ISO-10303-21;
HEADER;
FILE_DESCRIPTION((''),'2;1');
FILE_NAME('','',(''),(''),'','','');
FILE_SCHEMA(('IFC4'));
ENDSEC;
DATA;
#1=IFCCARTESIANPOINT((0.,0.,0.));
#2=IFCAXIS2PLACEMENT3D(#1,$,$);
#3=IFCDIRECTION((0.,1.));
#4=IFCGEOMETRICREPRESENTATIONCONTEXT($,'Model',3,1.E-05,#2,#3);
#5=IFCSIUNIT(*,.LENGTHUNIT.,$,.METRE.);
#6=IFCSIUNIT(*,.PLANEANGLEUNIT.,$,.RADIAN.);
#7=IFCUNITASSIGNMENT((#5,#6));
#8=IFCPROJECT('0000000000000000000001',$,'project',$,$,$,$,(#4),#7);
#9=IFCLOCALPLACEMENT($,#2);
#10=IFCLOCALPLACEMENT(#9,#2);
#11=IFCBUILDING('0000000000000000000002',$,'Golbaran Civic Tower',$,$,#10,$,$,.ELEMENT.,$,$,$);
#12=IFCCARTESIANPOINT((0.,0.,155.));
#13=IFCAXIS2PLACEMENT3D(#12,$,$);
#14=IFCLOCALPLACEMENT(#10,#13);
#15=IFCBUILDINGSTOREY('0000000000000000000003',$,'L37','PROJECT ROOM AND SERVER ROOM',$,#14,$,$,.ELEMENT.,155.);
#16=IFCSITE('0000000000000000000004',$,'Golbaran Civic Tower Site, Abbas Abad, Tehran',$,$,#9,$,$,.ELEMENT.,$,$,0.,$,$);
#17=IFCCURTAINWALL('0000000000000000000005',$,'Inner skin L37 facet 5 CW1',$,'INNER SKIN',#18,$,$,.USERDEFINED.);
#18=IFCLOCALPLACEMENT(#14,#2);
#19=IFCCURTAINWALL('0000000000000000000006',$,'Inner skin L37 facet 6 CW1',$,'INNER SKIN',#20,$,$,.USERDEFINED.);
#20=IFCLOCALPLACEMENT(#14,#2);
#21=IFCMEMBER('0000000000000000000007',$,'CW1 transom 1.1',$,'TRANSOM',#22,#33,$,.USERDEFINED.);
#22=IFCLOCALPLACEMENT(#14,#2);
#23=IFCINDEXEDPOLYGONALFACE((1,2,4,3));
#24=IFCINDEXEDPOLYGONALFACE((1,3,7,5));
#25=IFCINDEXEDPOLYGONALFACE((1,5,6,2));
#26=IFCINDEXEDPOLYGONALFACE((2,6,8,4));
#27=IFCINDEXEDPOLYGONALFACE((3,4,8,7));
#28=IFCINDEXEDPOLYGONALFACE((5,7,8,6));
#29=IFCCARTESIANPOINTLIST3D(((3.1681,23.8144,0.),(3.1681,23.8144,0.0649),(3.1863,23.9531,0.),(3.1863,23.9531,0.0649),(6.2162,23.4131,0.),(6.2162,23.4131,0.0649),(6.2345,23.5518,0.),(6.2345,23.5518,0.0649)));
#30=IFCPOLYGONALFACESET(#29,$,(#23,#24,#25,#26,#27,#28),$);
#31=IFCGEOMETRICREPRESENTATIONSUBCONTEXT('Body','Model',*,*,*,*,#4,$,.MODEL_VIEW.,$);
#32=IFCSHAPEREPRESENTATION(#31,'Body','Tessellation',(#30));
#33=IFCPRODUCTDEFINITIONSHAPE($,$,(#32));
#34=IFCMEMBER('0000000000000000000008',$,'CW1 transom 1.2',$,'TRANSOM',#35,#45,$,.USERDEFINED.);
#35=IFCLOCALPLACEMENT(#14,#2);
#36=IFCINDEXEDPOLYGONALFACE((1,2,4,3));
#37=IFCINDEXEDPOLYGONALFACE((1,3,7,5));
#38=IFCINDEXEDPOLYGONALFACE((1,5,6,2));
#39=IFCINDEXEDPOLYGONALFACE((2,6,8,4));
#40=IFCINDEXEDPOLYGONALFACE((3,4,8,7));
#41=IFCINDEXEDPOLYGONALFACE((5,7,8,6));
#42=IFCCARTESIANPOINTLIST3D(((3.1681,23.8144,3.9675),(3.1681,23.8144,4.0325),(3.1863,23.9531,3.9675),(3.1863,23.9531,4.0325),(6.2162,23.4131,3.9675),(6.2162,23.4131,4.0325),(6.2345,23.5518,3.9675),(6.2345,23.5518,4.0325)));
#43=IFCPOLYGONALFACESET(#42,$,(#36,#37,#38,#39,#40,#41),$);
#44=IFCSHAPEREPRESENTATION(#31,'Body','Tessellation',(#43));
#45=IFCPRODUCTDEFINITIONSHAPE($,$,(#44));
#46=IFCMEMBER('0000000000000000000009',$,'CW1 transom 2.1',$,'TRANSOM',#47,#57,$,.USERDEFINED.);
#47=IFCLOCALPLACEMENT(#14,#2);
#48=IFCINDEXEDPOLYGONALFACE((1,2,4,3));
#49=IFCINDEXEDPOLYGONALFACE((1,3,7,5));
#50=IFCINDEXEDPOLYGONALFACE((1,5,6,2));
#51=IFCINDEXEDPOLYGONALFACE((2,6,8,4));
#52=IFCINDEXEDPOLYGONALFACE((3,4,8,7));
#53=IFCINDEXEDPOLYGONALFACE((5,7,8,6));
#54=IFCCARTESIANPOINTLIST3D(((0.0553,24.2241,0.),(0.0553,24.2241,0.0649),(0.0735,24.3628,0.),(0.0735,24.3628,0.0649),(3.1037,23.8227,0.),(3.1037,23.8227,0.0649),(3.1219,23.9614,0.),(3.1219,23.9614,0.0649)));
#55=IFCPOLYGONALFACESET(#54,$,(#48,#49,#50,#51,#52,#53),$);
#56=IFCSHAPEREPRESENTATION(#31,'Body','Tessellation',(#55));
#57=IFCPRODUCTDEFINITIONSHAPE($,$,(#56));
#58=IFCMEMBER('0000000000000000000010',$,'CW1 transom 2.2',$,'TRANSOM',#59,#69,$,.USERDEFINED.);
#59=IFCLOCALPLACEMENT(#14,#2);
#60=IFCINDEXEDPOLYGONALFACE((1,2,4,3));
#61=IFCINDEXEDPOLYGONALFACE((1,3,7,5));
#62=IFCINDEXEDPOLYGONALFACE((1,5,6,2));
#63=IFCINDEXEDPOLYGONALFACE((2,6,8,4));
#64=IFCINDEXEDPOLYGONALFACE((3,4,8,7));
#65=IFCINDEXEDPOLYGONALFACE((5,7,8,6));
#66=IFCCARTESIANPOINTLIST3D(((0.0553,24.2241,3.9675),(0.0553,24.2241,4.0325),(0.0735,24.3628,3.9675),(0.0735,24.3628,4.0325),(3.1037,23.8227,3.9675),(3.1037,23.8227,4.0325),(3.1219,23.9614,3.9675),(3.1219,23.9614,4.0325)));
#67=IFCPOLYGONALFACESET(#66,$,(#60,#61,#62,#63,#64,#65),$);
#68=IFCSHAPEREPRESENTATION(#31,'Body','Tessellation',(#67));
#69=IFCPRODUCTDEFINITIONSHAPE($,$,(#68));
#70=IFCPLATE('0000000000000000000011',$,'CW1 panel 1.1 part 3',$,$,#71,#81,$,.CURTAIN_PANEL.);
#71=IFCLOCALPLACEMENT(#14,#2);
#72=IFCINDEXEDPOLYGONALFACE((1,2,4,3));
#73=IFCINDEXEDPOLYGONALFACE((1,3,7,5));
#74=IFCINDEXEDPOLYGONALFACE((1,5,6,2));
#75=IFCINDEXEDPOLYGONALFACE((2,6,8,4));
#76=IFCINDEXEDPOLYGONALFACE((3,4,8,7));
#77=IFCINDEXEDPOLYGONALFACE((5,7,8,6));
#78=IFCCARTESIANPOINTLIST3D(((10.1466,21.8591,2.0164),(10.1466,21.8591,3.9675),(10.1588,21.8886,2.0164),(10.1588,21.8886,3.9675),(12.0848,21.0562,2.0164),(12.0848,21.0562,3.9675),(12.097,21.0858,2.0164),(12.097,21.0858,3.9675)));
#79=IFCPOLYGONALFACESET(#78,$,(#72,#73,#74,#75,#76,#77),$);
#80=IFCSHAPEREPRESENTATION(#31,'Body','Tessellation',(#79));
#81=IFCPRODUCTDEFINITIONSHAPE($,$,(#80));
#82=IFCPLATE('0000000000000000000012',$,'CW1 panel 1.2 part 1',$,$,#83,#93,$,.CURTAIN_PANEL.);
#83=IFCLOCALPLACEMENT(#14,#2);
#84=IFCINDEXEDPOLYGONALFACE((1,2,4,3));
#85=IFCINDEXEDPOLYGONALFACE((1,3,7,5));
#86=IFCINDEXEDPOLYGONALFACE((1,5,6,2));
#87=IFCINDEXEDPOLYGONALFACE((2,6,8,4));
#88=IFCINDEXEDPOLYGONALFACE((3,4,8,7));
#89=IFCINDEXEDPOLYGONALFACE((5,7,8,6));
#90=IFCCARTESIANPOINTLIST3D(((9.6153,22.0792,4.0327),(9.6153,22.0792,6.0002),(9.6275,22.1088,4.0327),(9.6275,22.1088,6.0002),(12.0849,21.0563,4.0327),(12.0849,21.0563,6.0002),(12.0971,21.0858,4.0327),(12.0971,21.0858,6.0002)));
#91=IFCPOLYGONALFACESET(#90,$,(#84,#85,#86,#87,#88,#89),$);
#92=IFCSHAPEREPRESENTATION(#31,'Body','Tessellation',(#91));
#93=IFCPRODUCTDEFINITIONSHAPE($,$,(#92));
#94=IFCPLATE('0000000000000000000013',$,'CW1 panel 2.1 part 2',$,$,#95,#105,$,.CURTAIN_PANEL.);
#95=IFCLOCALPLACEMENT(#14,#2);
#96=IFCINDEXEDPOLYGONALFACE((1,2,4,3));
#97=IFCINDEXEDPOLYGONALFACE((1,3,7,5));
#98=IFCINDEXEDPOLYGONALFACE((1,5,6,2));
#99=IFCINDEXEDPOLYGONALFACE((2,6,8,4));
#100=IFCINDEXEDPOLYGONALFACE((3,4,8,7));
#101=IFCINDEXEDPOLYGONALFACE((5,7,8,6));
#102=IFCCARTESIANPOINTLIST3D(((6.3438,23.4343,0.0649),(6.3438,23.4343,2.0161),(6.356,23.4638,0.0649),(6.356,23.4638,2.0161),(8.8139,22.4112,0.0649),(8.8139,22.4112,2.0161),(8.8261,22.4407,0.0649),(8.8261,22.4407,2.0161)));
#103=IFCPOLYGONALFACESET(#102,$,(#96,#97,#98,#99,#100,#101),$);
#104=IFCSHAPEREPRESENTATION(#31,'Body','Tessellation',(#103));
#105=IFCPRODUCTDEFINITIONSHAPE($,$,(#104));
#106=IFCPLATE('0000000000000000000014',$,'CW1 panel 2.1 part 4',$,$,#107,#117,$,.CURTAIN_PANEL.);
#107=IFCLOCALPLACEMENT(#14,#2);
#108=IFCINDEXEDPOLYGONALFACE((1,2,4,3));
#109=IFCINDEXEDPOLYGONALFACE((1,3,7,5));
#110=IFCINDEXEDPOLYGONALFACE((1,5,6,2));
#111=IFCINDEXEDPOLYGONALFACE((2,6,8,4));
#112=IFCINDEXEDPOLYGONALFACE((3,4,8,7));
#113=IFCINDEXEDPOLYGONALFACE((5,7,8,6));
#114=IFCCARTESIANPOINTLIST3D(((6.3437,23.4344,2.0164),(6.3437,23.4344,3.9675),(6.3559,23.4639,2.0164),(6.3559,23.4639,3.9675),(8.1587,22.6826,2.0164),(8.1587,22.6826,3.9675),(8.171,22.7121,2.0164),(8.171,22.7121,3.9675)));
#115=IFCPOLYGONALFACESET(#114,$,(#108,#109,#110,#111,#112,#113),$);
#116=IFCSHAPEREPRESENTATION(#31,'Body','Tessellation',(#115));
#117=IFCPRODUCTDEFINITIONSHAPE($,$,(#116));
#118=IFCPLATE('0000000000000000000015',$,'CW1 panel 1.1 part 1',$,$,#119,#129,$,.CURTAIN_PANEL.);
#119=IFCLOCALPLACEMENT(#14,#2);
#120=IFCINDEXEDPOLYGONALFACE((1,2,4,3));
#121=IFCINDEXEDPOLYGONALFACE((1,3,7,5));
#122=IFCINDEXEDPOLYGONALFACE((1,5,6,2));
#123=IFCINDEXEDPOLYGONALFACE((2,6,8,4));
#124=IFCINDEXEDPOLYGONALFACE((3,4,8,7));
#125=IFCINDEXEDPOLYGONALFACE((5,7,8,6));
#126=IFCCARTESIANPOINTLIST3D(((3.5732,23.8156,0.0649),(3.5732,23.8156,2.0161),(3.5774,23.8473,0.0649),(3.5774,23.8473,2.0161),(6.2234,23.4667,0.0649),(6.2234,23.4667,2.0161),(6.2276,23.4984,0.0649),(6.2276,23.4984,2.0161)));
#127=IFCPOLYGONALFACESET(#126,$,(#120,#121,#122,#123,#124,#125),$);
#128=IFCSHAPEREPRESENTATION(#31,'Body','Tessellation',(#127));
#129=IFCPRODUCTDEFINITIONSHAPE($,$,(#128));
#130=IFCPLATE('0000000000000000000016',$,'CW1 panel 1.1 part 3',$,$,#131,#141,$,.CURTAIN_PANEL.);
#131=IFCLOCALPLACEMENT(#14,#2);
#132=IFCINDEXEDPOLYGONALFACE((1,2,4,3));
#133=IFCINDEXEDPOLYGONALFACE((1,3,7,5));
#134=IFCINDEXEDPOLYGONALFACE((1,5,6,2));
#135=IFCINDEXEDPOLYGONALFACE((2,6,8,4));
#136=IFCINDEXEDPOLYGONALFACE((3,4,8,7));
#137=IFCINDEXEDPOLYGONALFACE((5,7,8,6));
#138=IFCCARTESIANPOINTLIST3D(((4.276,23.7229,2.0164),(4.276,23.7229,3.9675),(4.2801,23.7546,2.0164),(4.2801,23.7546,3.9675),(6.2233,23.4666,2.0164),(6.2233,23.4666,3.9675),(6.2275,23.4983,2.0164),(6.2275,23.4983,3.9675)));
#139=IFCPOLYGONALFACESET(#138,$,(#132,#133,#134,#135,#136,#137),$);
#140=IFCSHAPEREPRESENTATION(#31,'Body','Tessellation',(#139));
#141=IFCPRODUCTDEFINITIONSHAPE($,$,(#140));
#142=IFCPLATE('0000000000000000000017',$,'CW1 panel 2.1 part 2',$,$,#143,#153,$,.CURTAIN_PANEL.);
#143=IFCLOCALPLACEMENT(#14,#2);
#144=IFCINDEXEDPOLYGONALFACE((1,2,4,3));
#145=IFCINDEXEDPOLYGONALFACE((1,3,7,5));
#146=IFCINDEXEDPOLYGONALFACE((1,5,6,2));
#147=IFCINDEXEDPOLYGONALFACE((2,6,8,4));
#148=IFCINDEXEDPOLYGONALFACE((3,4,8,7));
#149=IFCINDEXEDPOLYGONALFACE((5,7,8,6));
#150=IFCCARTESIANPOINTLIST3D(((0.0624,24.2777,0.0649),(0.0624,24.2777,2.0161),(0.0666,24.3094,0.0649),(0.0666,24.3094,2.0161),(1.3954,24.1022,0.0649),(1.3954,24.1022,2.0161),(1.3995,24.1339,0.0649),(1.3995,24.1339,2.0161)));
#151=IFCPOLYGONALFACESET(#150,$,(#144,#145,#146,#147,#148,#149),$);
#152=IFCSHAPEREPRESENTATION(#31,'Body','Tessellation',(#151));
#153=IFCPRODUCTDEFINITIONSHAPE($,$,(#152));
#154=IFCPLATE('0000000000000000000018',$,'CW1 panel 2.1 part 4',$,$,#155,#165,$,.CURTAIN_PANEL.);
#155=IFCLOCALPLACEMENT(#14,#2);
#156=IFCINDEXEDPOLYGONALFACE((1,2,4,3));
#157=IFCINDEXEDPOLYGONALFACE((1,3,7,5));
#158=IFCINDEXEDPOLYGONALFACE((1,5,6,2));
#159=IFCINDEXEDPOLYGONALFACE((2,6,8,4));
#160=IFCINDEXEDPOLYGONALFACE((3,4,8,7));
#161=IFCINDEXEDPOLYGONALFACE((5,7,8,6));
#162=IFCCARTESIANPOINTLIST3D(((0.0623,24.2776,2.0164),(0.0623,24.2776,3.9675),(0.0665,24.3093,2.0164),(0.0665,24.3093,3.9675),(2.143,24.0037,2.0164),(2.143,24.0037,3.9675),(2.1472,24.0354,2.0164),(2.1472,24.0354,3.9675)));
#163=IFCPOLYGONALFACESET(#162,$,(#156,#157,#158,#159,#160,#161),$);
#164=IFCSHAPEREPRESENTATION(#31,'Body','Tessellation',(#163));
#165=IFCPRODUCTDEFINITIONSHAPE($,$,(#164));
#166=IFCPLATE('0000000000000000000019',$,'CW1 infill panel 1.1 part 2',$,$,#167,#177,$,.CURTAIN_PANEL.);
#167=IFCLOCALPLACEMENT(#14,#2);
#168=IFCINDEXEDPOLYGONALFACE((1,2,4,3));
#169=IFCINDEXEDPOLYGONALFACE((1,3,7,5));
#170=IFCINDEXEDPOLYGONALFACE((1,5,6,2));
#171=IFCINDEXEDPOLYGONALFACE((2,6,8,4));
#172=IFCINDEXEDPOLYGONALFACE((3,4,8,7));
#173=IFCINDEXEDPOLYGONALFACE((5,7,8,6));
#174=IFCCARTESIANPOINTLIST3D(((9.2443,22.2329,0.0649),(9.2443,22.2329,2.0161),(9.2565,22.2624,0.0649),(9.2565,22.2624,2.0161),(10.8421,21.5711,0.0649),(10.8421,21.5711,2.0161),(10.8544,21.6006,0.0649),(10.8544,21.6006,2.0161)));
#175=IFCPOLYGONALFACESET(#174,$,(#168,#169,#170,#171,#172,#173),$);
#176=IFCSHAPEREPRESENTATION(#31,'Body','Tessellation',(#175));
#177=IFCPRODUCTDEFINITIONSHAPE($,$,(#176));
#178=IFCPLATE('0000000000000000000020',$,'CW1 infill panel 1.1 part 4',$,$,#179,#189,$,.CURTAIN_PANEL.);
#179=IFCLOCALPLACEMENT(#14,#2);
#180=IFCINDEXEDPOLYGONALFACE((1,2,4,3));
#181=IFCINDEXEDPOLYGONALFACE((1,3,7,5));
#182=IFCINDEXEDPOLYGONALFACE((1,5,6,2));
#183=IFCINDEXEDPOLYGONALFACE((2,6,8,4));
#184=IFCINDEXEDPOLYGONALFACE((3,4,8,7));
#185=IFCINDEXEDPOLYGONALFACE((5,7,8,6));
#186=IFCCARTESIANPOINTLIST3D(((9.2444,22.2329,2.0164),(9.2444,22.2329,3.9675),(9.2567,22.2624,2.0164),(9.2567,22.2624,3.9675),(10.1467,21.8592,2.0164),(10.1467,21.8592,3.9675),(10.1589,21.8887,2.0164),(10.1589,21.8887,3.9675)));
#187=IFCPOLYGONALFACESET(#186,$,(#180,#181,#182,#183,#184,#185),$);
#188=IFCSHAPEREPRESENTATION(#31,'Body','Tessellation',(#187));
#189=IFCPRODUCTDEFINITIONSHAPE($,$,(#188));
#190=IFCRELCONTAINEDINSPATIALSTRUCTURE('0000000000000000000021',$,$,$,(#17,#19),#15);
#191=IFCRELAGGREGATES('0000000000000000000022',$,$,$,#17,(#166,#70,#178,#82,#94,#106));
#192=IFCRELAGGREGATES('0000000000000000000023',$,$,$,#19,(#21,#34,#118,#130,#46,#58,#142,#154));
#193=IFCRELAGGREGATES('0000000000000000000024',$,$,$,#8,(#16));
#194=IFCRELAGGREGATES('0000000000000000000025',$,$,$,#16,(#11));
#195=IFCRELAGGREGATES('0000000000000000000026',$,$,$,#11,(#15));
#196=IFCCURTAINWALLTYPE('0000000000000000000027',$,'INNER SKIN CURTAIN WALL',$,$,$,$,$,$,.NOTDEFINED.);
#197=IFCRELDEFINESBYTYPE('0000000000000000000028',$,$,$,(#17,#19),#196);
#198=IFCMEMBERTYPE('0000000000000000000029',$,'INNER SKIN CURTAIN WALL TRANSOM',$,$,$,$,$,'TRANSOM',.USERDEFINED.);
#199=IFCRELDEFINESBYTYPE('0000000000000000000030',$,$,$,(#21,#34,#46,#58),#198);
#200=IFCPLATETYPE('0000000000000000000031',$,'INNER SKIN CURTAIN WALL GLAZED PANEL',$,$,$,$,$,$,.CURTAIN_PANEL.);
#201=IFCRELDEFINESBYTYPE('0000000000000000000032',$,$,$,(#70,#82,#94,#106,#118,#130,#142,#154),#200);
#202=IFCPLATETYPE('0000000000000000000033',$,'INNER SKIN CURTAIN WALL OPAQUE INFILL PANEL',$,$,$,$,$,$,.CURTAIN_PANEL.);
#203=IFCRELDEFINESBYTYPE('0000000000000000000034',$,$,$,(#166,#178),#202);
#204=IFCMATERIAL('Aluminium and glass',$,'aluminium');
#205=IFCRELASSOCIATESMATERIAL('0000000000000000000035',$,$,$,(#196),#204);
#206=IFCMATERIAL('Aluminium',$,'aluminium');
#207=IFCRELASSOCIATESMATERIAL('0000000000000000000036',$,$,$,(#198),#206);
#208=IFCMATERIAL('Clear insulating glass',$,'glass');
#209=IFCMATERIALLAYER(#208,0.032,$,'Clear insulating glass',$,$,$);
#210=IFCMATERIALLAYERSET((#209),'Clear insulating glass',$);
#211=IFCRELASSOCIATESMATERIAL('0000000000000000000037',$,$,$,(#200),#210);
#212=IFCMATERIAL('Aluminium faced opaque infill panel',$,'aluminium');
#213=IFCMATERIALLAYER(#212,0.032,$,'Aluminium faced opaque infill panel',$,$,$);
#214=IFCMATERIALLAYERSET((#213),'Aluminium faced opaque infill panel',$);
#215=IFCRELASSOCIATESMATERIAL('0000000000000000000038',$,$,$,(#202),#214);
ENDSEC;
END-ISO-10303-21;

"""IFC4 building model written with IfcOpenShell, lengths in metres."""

from ifc_helpers import new_model, si_unit, direction, frame, origin, origin_2d, place, context, subcontext, project, spatial, rectangle, extrude, material, layer, layer_set, material_profile, profile_set, type_object, element, aggregate, save


model = new_model("IFC4")

# Units and contexts
model_context = context("Model", 3, precision=1e-05, world=origin(), true_north=direction((0.0, 1.0)))
body_context = subcontext(model_context, "Body", "Model", "MODEL_VIEW")
ifc_project = project(units=[si_unit("LENGTHUNIT", "METRE"), si_unit("PLANEANGLEUNIT", "RADIAN")], contexts=[model_context])

# Site, building, storey
site_placement = place(None, origin())
site = spatial("IfcSite", under=ifc_project, at=site_placement, Name="Golbaran Civic Tower Site, Abbas Abad, Tehran", CompositionType="ELEMENT", RefElevation=0.0)
building_placement = place(site_placement, origin())
building = spatial("IfcBuilding", under=site, at=building_placement, Name="Golbaran Civic Tower", CompositionType="ELEMENT")
storey_placement = place(building_placement, frame((0.0, 0.0, 155.0)))
storey = spatial("IfcBuildingStorey", under=building, at=storey_placement, Name="L37", Description="PROJECT ROOM AND SERVER ROOM", CompositionType="ELEMENT", Elevation=155.0)

# Curtain walls
ifc_material_1 = material(Name="Aluminium and glass", Category="aluminium")
curtain_wall_type = type_object("IfcCurtainWallType", Name="INNER SKIN CURTAIN WALL", PredefinedType="NOTDEFINED", material=ifc_material_1)
curtain_wall_1_placement = place(storey_placement, origin())
curtain_wall_1 = element("IfcCurtainWall", 1, at=curtain_wall_1_placement, inside=storey, type_object=curtain_wall_type, Name="Inner skin L37 facet 5 CW1", ObjectType="INNER SKIN", PredefinedType="USERDEFINED")
ifc_material_2 = material(Name="Aluminium", Category="aluminium")
curtain_wall_2_placement = place(storey_placement, origin())
curtain_wall_2 = element("IfcCurtainWall", 2, at=curtain_wall_2_placement, inside=storey, type_object=curtain_wall_type, Name="Inner skin L37 facet 6 CW1", ObjectType="INNER SKIN", PredefinedType="USERDEFINED")

# Members
ifc_material_profile_1 = material_profile(ifc_material_2, rectangle(XDim=0.1399, YDim=0.0649, at=origin_2d()), Name="INNER SKIN CURTAIN WALL TRANSOM")
ifc_profile_set_1 = profile_set([ifc_material_profile_1], Name="Aluminium")
member_type_1 = type_object("IfcMemberType", Name="INNER SKIN CURTAIN WALL TRANSOM", ElementType="TRANSOM", PredefinedType="USERDEFINED", material=ifc_profile_set_1)
member_1_placement = place(storey_placement, frame((6.2253, 23.4824, 0.0325), z_axis=(-0.991442, 0.130551, 0.0), x_axis=(-0.130551, -0.991442, 0.0)))
member_1 = element("IfcMember", 3, at=member_1_placement, type_object=member_type_1, Name="CW1 transom 1.1", ObjectType="TRANSOM", PredefinedType="USERDEFINED", context=body_context, shape_type="SweptSolid", body=[
    extrude(rectangle(XDim=0.1399, YDim=0.0649, at=origin_2d()), origin(), (0.0, 0.0, 1.0), 3.0745),
])
member_2_placement = place(storey_placement, frame((6.2253, 23.4824, 4.0), z_axis=(-0.991442, 0.130551, 0.0), x_axis=(-0.130551, -0.991442, 0.0)))
member_2 = element("IfcMember", 4, at=member_2_placement, type_object=member_type_1, Name="CW1 transom 1.2", ObjectType="TRANSOM", PredefinedType="USERDEFINED", context=body_context, shape_type="SweptSolid", body=[
    extrude(rectangle(XDim=0.1399, YDim=0.0649, at=origin_2d()), origin(), (0.0, 0.0, 1.0), 3.0745),
])
member_3_placement = place(storey_placement, frame((3.1128, 23.8921, 0.0325), z_axis=(-0.991443, 0.130541, 0.0), x_axis=(-0.130541, -0.991443, 0.0)))
member_3 = element("IfcMember", 5, at=member_3_placement, type_object=member_type_1, Name="CW1 transom 2.1", ObjectType="TRANSOM", PredefinedType="USERDEFINED", context=body_context, shape_type="SweptSolid", body=[
    extrude(rectangle(XDim=0.1399, YDim=0.0649, at=origin_2d()), origin(), (0.0, 0.0, 1.0), 3.0747),
])
member_4_placement = place(storey_placement, frame((3.1128, 23.8921, 4.0), z_axis=(-0.991443, 0.130541, 0.0), x_axis=(-0.130541, -0.991443, 0.0)))
member_4 = element("IfcMember", 6, at=member_4_placement, type_object=member_type_1, Name="CW1 transom 2.2", ObjectType="TRANSOM", PredefinedType="USERDEFINED", context=body_context, shape_type="SweptSolid", body=[
    extrude(rectangle(XDim=0.1399, YDim=0.0649, at=origin_2d()), origin(), (0.0, 0.0, 1.0), 3.0747),
])

# Plates
ifc_material_3 = material(Name="Clear insulating glass", Category="glass")
ifc_layer_1 = layer(ifc_material_3, 0.032, Name="Clear insulating glass")
ifc_layer_set_1 = layer_set([ifc_layer_1], Name="Clear insulating glass")
plate_type_1 = type_object("IfcPlateType", Name="INNER SKIN CURTAIN WALL GLAZED PANEL", PredefinedType="CURTAIN_PANEL", material=ifc_layer_set_1)
plate_1_placement = place(storey_placement, frame((11.1218, 21.4724, 2.0164), z_axis=(0.0, 0.0, 1.0), x_axis=(-0.92388, 0.382683, 0.0)))
plate_1 = element("IfcPlate", 7, at=plate_1_placement, type_object=plate_type_1, Name="CW1 panel 1.1 part 3", PredefinedType="CURTAIN_PANEL", context=body_context, shape_type="SweptSolid", body=[
    extrude(rectangle(XDim=2.0979, YDim=0.032, at=origin_2d()), origin(), (0.0, 0.0, 1.0), 1.9512),
])
plate_2_placement = place(storey_placement, frame((10.8562, 21.5825, 4.0327), z_axis=(0.0, 0.0, 1.0), x_axis=(-0.92388, 0.382683, 0.0)))
plate_2 = element("IfcPlate", 8, at=plate_2_placement, type_object=plate_type_1, Name="CW1 panel 1.2 part 1", PredefinedType="CURTAIN_PANEL", context=body_context, shape_type="SweptSolid", body=[
    extrude(rectangle(XDim=2.6731, YDim=0.032, at=origin_2d()), origin(), (0.0, 0.0, 1.0), 1.9675),
])
plate_3_placement = place(storey_placement, frame((7.585, 22.9375, 0.0649), z_axis=(0.0, 0.0, 1.0), x_axis=(-0.92388, 0.382683, 0.0)))
plate_3 = element("IfcPlate", 9, at=plate_3_placement, type_object=plate_type_1, Name="CW1 panel 2.1 part 2", PredefinedType="CURTAIN_PANEL", context=body_context, shape_type="SweptSolid", body=[
    extrude(rectangle(XDim=2.6736, YDim=0.032, at=origin_2d()), origin(), (0.0, 0.0, 1.0), 1.9512),
])
plate_4_placement = place(storey_placement, frame((7.2573, 23.0732, 2.0164), z_axis=(0.0, 0.0, 1.0), x_axis=(-0.92388, 0.382683, 0.0)))
plate_4 = element("IfcPlate", 10, at=plate_4_placement, type_object=plate_type_1, Name="CW1 panel 2.1 part 4", PredefinedType="CURTAIN_PANEL", context=body_context, shape_type="SweptSolid", body=[
    extrude(rectangle(XDim=1.9646, YDim=0.032, at=origin_2d()), origin(), (0.0, 0.0, 1.0), 1.9512),
])
plate_5_placement = place(storey_placement, frame((4.9004, 23.657, 0.0649), z_axis=(0.0, 0.0, 1.0), x_axis=(-0.991445, 0.130526, 0.0)))
plate_5 = element("IfcPlate", 11, at=plate_5_placement, type_object=plate_type_1, Name="CW1 panel 1.1 part 1", PredefinedType="CURTAIN_PANEL", context=body_context, shape_type="SweptSolid", body=[
    extrude(rectangle(XDim=2.6731, YDim=0.032, at=origin_2d()), origin(), (0.0, 0.0, 1.0), 1.9512),
])
plate_6_placement = place(storey_placement, frame((5.2517, 23.6106, 2.0164), z_axis=(0.0, 0.0, 1.0), x_axis=(-0.991445, 0.130526, 0.0)))
plate_6 = element("IfcPlate", 12, at=plate_6_placement, type_object=plate_type_1, Name="CW1 panel 1.1 part 3", PredefinedType="CURTAIN_PANEL", context=body_context, shape_type="SweptSolid", body=[
    extrude(rectangle(XDim=1.9641, YDim=0.032, at=origin_2d()), origin(), (0.0, 0.0, 1.0), 1.9512),
])
plate_7_placement = place(storey_placement, frame((0.731, 24.2058, 0.0649), z_axis=(0.0, 0.0, 1.0), x_axis=(-0.991445, 0.130526, 0.0)))
plate_7 = element("IfcPlate", 13, at=plate_7_placement, type_object=plate_type_1, Name="CW1 panel 2.1 part 2", PredefinedType="CURTAIN_PANEL", context=body_context, shape_type="SweptSolid", body=[
    extrude(rectangle(XDim=1.3445, YDim=0.032, at=origin_2d()), origin(), (0.0, 0.0, 1.0), 1.9512),
])
plate_8_placement = place(storey_placement, frame((1.1047, 24.1565, 2.0164), z_axis=(0.0, 0.0, 1.0), x_axis=(-0.991445, 0.130526, 0.0)))
plate_8 = element("IfcPlate", 14, at=plate_8_placement, type_object=plate_type_1, Name="CW1 panel 2.1 part 4", PredefinedType="CURTAIN_PANEL", context=body_context, shape_type="SweptSolid", body=[
    extrude(rectangle(XDim=2.0986, YDim=0.032, at=origin_2d()), origin(), (0.0, 0.0, 1.0), 1.9512),
])
ifc_material_4 = material(Name="Aluminium faced opaque infill panel", Category="aluminium")
ifc_layer_2 = layer(ifc_material_4, 0.032, Name="Aluminium faced opaque infill panel")
ifc_layer_set_2 = layer_set([ifc_layer_2], Name="Aluminium faced opaque infill panel")
plate_type_2 = type_object("IfcPlateType", Name="INNER SKIN CURTAIN WALL OPAQUE INFILL PANEL", PredefinedType="CURTAIN_PANEL", material=ifc_layer_set_2)
plate_9_placement = place(storey_placement, frame((10.0493, 21.9167, 0.0649), z_axis=(0.0, 0.0, 1.0), x_axis=(-0.92388, 0.382683, 0.0)))
plate_9 = element("IfcPlate", 15, at=plate_9_placement, type_object=plate_type_2, Name="CW1 infill panel 1.1 part 2", PredefinedType="CURTAIN_PANEL", context=body_context, shape_type="SweptSolid", body=[
    extrude(rectangle(XDim=1.7295, YDim=0.032, at=origin_2d()), origin(), (0.0, 0.0, 1.0), 1.9512),
])
plate_10_placement = place(storey_placement, frame((9.7017, 22.0608, 2.0164), z_axis=(0.0, 0.0, 1.0), x_axis=(-0.92388, 0.382683, 0.0)))
plate_10 = element("IfcPlate", 16, at=plate_10_placement, type_object=plate_type_2, Name="CW1 infill panel 1.1 part 4", PredefinedType="CURTAIN_PANEL", context=body_context, shape_type="SweptSolid", body=[
    extrude(rectangle(XDim=0.9766, YDim=0.032, at=origin_2d()), origin(), (0.0, 0.0, 1.0), 1.9512),
])
aggregate(curtain_wall_1, [plate_9, plate_1, plate_10, plate_2, plate_3, plate_4])
aggregate(curtain_wall_2, [member_1, member_2, plate_5, plate_6, member_3, member_4, plate_7, plate_8])

save(model, "model.ifc")
